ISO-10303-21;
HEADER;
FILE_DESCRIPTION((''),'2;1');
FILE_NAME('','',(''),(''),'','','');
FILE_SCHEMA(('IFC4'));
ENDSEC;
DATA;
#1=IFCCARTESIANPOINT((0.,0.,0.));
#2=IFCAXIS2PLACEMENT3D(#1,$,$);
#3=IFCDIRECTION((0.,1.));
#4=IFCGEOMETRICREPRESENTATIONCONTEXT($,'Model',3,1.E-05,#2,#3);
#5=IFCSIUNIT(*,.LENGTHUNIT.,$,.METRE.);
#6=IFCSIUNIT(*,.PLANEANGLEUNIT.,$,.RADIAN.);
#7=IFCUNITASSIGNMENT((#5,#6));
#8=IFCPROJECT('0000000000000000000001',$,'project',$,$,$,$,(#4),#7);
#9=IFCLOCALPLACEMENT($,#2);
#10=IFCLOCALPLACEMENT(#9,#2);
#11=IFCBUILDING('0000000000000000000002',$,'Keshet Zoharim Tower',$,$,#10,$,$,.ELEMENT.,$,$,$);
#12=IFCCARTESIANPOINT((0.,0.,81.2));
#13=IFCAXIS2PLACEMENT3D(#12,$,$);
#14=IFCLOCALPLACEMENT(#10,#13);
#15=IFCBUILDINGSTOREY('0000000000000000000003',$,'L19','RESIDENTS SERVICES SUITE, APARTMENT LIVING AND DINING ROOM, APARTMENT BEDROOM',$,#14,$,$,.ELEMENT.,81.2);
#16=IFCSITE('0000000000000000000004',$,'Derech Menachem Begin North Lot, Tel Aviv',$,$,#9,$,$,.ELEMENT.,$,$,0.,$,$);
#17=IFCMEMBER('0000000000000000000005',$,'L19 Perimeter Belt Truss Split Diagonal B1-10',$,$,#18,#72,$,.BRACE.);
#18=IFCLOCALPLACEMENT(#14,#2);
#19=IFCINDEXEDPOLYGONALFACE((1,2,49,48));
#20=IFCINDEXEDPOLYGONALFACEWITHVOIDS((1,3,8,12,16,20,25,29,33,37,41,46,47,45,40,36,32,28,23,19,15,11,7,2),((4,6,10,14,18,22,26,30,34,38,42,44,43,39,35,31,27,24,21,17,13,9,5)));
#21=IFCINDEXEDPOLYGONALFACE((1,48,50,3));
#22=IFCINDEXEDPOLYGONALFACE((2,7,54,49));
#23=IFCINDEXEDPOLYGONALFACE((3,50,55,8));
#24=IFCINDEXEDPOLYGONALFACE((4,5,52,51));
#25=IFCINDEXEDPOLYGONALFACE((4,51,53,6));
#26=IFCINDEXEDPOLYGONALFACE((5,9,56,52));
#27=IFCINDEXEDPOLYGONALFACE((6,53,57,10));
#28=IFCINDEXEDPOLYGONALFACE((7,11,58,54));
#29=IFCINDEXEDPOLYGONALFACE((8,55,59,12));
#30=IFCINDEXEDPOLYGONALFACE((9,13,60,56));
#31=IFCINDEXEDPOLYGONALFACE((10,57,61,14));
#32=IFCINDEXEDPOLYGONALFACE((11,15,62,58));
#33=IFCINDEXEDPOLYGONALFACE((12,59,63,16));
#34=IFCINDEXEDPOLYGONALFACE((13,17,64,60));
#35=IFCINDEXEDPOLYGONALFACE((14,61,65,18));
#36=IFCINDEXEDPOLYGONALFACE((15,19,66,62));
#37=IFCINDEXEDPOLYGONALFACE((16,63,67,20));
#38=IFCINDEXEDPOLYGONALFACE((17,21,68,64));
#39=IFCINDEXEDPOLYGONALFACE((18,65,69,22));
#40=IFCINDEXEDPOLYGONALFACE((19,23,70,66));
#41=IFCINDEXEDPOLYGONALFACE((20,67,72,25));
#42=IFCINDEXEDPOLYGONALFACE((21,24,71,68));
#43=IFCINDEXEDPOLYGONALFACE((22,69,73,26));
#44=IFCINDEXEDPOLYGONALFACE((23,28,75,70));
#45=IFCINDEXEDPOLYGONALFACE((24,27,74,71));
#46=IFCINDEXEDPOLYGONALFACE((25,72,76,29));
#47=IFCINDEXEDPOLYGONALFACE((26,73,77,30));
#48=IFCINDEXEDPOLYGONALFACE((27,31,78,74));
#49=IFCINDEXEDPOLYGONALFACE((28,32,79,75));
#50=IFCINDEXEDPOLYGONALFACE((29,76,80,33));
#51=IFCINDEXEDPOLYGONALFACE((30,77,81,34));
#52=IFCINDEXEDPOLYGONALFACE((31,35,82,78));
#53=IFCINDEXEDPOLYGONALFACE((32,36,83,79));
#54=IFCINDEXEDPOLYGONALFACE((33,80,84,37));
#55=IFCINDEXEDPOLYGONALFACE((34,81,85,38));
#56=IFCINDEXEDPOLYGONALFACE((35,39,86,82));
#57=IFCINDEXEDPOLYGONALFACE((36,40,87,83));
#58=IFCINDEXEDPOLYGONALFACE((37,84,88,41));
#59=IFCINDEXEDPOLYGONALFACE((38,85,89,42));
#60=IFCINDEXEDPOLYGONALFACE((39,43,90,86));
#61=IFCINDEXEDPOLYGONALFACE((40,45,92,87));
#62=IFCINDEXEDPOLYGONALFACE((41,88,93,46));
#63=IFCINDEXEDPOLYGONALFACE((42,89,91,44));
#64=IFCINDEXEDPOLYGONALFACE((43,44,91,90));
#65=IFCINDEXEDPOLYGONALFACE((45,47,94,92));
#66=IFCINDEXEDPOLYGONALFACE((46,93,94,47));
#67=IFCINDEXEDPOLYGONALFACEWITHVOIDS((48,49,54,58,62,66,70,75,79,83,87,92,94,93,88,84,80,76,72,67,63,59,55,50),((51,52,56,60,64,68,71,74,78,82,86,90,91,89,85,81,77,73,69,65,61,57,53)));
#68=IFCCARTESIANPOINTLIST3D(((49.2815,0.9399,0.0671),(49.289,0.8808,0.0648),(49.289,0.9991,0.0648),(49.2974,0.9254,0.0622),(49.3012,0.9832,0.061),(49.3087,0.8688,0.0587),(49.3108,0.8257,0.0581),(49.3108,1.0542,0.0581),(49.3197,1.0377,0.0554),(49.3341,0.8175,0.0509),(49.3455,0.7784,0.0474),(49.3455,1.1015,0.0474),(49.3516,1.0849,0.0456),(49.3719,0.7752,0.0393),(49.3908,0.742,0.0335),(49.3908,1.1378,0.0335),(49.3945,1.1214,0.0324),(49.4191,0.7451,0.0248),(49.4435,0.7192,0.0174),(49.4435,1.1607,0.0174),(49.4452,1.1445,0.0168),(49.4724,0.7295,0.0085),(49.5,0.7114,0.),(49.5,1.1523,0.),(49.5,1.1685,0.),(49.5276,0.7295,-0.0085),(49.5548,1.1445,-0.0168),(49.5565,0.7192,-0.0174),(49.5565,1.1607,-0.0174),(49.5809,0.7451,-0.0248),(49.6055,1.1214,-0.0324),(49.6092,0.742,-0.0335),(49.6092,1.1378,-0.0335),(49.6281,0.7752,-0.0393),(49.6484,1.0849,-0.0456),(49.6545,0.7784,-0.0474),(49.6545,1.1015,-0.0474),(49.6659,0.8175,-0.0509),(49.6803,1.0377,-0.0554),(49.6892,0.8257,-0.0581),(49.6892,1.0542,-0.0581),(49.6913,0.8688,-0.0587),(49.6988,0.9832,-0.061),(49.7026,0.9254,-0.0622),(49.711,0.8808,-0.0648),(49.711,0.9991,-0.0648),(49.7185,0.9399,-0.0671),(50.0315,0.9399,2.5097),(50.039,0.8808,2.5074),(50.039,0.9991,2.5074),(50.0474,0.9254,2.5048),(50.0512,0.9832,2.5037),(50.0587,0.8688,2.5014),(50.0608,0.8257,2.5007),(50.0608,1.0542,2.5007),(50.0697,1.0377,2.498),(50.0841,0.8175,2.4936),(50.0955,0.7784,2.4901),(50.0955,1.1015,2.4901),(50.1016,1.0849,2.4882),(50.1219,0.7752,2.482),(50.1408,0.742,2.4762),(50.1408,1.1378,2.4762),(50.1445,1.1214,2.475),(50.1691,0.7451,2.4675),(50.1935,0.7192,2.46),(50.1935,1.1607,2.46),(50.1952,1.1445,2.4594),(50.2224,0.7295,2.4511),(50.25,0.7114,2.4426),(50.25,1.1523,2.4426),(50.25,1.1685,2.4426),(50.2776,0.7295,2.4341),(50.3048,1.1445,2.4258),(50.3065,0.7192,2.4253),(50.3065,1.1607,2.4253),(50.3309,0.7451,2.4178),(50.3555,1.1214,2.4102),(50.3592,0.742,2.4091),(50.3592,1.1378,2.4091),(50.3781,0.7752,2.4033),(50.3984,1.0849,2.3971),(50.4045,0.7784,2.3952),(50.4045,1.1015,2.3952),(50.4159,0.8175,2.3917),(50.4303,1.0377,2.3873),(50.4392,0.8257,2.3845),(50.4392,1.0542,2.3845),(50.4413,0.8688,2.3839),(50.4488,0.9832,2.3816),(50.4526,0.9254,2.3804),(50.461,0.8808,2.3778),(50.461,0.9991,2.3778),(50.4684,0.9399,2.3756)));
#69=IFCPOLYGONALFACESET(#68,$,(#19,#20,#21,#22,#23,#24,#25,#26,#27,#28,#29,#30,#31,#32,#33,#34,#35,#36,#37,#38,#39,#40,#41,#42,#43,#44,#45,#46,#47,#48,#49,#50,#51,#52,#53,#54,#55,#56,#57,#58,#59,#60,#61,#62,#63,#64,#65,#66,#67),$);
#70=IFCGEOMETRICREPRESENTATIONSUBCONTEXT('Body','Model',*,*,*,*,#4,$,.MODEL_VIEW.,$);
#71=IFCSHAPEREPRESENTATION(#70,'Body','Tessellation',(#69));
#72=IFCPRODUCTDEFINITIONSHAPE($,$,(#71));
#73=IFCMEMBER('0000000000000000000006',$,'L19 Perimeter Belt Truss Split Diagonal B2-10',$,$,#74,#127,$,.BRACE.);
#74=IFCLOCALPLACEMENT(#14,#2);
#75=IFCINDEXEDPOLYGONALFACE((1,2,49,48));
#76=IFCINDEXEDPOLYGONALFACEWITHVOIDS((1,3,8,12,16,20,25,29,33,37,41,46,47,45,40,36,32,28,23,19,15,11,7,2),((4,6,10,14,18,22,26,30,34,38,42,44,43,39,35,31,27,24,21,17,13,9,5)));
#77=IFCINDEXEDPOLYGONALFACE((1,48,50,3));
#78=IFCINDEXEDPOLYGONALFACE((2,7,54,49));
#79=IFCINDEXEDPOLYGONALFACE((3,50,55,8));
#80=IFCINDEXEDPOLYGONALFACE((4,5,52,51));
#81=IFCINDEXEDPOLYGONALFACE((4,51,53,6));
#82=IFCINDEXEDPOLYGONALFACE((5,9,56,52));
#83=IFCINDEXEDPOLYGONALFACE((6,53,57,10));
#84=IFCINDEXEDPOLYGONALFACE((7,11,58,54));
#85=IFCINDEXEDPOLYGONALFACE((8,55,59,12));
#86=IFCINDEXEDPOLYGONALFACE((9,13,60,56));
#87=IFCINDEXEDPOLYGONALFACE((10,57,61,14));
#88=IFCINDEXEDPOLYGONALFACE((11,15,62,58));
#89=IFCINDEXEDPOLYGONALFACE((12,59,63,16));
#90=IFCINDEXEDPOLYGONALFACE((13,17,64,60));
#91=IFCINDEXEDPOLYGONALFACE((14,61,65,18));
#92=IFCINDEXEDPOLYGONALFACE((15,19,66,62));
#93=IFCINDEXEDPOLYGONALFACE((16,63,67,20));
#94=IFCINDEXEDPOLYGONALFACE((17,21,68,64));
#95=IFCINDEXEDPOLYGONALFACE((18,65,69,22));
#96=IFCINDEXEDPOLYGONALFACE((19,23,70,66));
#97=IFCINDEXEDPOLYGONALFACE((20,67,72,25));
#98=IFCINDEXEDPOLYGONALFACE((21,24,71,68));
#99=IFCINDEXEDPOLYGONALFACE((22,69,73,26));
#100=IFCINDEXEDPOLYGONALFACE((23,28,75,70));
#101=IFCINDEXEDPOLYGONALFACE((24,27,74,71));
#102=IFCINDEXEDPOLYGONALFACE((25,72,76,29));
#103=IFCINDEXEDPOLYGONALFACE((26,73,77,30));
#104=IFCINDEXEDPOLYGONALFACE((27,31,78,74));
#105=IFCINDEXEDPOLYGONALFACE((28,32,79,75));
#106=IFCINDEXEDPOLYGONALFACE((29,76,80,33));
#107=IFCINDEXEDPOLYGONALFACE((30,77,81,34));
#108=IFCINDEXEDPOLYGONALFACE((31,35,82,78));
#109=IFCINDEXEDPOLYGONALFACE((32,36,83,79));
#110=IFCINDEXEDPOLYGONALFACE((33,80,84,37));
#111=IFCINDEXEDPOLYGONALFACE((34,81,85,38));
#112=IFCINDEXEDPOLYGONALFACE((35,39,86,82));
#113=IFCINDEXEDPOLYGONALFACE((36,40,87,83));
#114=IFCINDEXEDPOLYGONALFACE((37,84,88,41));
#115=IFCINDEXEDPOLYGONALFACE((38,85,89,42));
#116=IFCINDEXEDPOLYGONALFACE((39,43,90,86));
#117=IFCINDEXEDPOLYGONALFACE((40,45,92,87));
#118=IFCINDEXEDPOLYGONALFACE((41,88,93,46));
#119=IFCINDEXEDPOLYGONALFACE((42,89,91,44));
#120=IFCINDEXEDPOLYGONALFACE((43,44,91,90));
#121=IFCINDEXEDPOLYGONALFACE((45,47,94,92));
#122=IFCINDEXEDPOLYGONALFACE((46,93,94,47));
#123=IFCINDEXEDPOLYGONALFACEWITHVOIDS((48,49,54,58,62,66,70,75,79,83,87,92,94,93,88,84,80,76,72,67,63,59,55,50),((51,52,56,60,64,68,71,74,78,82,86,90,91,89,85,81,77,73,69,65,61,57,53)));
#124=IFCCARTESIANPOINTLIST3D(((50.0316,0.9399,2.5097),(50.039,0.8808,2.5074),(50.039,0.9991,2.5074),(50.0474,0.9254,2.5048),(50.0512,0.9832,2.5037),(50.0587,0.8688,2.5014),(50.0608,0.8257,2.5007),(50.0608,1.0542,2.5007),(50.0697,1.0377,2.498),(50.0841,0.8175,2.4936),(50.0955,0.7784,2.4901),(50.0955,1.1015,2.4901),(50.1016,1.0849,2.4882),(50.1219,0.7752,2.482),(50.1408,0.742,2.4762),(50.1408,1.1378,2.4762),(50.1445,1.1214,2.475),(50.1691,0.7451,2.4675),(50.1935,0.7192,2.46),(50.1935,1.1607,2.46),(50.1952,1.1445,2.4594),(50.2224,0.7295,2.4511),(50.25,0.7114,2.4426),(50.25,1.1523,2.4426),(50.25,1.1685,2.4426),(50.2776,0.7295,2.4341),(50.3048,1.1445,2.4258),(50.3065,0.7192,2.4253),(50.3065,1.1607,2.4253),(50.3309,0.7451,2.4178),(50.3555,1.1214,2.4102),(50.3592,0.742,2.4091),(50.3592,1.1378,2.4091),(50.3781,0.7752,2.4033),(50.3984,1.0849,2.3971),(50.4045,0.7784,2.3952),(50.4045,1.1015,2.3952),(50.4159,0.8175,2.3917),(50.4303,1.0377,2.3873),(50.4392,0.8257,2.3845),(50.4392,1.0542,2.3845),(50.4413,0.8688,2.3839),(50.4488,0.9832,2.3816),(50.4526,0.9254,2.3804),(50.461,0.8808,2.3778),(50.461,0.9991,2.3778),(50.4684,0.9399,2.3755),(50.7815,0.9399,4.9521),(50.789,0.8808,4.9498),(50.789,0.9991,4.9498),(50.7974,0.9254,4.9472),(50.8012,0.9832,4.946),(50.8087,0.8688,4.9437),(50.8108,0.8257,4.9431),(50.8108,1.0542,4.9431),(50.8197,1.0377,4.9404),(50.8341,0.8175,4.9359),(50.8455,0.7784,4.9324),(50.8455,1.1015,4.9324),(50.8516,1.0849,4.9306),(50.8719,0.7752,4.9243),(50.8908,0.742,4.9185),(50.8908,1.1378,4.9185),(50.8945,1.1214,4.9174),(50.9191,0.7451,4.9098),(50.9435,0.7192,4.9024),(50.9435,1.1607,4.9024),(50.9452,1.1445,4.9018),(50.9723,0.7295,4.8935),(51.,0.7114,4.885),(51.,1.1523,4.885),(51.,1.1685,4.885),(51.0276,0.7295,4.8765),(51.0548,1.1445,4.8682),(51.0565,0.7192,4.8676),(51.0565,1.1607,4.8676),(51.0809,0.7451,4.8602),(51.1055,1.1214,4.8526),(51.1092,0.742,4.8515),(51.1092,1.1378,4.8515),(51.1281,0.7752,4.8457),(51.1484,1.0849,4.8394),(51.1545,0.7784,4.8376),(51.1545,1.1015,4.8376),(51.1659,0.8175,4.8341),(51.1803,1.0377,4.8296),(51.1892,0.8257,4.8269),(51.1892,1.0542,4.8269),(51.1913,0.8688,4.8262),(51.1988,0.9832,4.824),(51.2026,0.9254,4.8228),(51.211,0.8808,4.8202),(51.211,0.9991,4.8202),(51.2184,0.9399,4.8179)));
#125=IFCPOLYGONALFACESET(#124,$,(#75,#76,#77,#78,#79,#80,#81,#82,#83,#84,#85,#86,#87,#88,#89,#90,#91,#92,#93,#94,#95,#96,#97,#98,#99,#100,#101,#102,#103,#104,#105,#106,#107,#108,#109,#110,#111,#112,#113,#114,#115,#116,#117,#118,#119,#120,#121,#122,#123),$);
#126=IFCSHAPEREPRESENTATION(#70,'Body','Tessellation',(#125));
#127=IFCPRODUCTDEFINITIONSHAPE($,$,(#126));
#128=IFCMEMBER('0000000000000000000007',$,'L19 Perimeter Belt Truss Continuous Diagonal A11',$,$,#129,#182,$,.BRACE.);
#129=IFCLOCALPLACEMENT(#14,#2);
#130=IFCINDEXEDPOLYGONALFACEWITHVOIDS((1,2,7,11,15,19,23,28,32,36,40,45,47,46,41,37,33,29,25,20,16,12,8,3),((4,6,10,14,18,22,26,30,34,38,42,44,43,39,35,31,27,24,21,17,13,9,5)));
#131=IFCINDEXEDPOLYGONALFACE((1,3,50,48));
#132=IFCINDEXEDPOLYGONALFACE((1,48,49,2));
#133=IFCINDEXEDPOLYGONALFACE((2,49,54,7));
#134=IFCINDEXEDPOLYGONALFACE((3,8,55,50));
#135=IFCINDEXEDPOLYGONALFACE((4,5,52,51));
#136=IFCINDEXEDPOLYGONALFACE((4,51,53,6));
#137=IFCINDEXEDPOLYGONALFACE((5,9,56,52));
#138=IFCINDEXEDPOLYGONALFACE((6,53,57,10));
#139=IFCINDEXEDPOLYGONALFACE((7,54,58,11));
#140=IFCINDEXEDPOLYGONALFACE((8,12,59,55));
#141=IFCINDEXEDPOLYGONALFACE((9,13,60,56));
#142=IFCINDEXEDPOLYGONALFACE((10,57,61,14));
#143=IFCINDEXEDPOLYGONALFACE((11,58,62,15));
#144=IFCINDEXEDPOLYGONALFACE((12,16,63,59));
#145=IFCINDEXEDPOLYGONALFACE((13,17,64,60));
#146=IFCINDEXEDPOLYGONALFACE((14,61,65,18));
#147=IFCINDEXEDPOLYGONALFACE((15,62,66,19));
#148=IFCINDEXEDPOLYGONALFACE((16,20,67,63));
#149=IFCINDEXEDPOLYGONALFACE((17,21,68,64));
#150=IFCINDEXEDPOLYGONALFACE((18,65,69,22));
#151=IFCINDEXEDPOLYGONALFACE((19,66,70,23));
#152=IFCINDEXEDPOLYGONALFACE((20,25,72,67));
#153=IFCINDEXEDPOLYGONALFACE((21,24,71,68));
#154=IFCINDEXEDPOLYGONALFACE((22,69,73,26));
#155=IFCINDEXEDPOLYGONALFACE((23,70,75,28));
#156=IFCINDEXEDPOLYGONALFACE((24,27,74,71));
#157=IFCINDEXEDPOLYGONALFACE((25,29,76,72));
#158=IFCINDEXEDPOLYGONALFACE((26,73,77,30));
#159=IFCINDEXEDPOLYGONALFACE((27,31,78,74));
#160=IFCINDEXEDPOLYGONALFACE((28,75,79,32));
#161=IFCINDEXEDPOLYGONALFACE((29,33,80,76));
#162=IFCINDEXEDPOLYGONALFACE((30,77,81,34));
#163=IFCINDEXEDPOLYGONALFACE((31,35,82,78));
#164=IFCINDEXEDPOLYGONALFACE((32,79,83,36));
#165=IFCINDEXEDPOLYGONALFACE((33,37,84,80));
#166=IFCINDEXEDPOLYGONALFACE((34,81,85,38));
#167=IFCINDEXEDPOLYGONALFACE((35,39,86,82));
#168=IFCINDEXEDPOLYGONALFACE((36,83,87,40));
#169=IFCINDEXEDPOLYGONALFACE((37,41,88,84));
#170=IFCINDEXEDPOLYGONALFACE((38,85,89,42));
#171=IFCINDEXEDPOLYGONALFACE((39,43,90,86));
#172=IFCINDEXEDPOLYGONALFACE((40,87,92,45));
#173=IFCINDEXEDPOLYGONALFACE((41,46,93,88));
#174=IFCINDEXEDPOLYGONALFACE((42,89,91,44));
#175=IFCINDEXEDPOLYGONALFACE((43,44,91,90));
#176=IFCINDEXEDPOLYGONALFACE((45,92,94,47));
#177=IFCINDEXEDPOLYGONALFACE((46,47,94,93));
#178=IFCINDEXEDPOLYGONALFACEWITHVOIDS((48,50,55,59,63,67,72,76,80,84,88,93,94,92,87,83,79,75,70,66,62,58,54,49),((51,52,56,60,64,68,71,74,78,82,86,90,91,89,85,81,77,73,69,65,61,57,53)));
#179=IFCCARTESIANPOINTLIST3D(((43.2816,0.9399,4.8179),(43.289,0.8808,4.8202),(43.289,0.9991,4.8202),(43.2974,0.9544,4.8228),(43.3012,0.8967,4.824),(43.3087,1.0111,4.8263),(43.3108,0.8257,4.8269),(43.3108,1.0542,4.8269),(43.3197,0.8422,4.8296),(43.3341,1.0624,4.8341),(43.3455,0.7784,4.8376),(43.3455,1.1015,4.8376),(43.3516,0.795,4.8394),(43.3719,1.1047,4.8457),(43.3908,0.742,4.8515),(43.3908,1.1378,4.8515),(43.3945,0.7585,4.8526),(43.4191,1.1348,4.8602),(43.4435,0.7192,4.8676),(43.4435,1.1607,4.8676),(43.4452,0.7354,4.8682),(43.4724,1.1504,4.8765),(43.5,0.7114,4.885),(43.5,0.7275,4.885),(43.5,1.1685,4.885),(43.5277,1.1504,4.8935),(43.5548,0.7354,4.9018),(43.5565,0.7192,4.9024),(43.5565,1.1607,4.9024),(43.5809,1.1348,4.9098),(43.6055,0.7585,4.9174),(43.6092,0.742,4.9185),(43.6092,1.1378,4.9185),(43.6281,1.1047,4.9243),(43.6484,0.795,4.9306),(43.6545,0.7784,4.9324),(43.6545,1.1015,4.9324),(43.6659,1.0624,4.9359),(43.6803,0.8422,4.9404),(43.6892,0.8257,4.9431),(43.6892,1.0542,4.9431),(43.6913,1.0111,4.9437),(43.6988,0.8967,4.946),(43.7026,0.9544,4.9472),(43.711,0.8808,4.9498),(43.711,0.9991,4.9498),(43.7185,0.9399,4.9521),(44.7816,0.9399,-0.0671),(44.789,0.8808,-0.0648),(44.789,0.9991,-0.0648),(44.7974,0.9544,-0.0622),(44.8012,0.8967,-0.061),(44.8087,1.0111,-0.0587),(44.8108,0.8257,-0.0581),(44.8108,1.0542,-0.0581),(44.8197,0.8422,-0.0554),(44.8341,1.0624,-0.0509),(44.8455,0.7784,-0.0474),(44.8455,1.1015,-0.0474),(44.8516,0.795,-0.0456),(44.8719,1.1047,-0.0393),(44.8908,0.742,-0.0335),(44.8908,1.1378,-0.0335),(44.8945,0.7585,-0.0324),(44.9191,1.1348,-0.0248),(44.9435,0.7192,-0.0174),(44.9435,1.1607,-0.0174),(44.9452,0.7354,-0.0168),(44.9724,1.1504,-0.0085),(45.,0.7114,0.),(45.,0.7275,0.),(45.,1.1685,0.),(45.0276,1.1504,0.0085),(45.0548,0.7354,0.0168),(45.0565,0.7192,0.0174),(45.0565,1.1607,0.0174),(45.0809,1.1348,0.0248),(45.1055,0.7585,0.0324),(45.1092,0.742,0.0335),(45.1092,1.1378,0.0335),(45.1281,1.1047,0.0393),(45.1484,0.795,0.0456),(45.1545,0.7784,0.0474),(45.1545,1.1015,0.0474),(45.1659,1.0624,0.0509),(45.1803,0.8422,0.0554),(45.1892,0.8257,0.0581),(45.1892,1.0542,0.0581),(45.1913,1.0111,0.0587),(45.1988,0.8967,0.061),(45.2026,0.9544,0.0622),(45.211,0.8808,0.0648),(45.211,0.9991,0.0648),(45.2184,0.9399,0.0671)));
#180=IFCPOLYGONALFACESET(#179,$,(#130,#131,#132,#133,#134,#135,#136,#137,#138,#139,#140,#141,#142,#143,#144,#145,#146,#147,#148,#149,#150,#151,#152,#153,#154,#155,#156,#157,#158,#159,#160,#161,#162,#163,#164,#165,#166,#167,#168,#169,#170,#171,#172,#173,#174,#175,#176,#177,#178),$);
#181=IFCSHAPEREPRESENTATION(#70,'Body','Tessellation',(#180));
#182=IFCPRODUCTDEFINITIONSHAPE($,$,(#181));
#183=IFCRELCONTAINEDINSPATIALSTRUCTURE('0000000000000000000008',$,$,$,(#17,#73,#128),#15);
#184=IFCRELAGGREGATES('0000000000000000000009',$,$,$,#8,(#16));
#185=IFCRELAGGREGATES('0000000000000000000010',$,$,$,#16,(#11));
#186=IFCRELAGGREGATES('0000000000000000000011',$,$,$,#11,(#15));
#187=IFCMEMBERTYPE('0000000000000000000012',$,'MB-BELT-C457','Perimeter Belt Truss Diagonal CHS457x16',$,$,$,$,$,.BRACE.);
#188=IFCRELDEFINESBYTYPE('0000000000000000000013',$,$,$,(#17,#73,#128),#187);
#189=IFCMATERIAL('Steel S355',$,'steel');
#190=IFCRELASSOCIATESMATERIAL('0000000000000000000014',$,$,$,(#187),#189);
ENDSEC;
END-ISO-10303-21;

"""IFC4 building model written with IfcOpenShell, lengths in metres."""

from ifc_helpers import new_model, si_unit, direction, frame, origin, origin_2d, place, context, subcontext, project, spatial, hollow_circle, extrude, material, material_profile, profile_set, type_object, element, save


model = new_model("IFC4")

# Units and contexts
model_context = context("Model", 3, precision=1e-05, world=origin(), true_north=direction((0.0, 1.0)))
body_context = subcontext(model_context, "Body", "Model", "MODEL_VIEW")
ifc_project = project(units=[si_unit("LENGTHUNIT", "METRE"), si_unit("PLANEANGLEUNIT", "RADIAN")], contexts=[model_context])

# Site, building, storey
site_placement = place(None, origin())
site = spatial("IfcSite", under=ifc_project, at=site_placement, Name="Derech Menachem Begin North Lot, Tel Aviv", CompositionType="ELEMENT", RefElevation=0.0)
building_placement = place(site_placement, origin())
building = spatial("IfcBuilding", under=site, at=building_placement, Name="Keshet Zoharim Tower", CompositionType="ELEMENT")
storey_placement = place(building_placement, frame((0.0, 0.0, 81.2)))
storey = spatial("IfcBuildingStorey", under=building, at=storey_placement, Name="L19", Description="RESIDENTS SERVICES SUITE, APARTMENT LIVING AND DINING ROOM, APARTMENT BEDROOM", CompositionType="ELEMENT", Elevation=81.2)

# Members
ifc_material_1 = material(Name="Steel S355", Category="steel")
ifc_material_profile_1 = material_profile(ifc_material_1, hollow_circle(Radius=0.2285, WallThickness=0.0161, at=origin_2d()), Name="CHS457x16")
ifc_profile_set_1 = profile_set([ifc_material_profile_1], Name="Steel S355")
member_type_1 = type_object("IfcMemberType", Name="MB-BELT-C457", Description="Perimeter Belt Truss Diagonal CHS457x16", PredefinedType="BRACE", material=ifc_profile_set_1)
member_1_placement = place(storey_placement, frame((49.5, 0.9399, 0.0), z_axis=(0.293522, 0.0, 0.955952), x_axis=(0.0, 1.0, 0.0)))
element("IfcMember", 1, at=member_1_placement, inside=storey, type_object=member_type_1, Name="L19 Perimeter Belt Truss Split Diagonal B1-10", PredefinedType="BRACE", context=body_context, shape_type="SweptSolid", body=[
    extrude(hollow_circle(Radius=0.2285, WallThickness=0.0161, at=origin_2d()), origin(), (0.0, 0.0, 1.0), 2.5552),
])
member_2_placement = place(storey_placement, frame((50.25, 0.9399, 2.4426), z_axis=(0.293549, 0.0, 0.955944), x_axis=(0.0, 1.0, 0.0)))
element("IfcMember", 2, at=member_2_placement, inside=storey, type_object=member_type_1, Name="L19 Perimeter Belt Truss Split Diagonal B2-10", PredefinedType="BRACE", context=body_context, shape_type="SweptSolid", body=[
    extrude(hollow_circle(Radius=0.2285, WallThickness=0.0161, at=origin_2d()), origin(), (0.0, 0.0, 1.0), 2.5549),
])
member_3_placement = place(storey_placement, frame((45.0, 0.9399, 0.0), z_axis=(-0.293535, 0.0, 0.955948), x_axis=(0.0, -1.0, 0.0)))
element("IfcMember", 3, at=member_3_placement, inside=storey, type_object=member_type_1, Name="L19 Perimeter Belt Truss Continuous Diagonal A11", PredefinedType="BRACE", context=body_context, shape_type="SweptSolid", body=[
    extrude(hollow_circle(Radius=0.2285, WallThickness=0.0161, at=origin_2d()), origin(), (0.0, 0.0, 1.0), 5.1101),
])

save(model, "model.ifc")
